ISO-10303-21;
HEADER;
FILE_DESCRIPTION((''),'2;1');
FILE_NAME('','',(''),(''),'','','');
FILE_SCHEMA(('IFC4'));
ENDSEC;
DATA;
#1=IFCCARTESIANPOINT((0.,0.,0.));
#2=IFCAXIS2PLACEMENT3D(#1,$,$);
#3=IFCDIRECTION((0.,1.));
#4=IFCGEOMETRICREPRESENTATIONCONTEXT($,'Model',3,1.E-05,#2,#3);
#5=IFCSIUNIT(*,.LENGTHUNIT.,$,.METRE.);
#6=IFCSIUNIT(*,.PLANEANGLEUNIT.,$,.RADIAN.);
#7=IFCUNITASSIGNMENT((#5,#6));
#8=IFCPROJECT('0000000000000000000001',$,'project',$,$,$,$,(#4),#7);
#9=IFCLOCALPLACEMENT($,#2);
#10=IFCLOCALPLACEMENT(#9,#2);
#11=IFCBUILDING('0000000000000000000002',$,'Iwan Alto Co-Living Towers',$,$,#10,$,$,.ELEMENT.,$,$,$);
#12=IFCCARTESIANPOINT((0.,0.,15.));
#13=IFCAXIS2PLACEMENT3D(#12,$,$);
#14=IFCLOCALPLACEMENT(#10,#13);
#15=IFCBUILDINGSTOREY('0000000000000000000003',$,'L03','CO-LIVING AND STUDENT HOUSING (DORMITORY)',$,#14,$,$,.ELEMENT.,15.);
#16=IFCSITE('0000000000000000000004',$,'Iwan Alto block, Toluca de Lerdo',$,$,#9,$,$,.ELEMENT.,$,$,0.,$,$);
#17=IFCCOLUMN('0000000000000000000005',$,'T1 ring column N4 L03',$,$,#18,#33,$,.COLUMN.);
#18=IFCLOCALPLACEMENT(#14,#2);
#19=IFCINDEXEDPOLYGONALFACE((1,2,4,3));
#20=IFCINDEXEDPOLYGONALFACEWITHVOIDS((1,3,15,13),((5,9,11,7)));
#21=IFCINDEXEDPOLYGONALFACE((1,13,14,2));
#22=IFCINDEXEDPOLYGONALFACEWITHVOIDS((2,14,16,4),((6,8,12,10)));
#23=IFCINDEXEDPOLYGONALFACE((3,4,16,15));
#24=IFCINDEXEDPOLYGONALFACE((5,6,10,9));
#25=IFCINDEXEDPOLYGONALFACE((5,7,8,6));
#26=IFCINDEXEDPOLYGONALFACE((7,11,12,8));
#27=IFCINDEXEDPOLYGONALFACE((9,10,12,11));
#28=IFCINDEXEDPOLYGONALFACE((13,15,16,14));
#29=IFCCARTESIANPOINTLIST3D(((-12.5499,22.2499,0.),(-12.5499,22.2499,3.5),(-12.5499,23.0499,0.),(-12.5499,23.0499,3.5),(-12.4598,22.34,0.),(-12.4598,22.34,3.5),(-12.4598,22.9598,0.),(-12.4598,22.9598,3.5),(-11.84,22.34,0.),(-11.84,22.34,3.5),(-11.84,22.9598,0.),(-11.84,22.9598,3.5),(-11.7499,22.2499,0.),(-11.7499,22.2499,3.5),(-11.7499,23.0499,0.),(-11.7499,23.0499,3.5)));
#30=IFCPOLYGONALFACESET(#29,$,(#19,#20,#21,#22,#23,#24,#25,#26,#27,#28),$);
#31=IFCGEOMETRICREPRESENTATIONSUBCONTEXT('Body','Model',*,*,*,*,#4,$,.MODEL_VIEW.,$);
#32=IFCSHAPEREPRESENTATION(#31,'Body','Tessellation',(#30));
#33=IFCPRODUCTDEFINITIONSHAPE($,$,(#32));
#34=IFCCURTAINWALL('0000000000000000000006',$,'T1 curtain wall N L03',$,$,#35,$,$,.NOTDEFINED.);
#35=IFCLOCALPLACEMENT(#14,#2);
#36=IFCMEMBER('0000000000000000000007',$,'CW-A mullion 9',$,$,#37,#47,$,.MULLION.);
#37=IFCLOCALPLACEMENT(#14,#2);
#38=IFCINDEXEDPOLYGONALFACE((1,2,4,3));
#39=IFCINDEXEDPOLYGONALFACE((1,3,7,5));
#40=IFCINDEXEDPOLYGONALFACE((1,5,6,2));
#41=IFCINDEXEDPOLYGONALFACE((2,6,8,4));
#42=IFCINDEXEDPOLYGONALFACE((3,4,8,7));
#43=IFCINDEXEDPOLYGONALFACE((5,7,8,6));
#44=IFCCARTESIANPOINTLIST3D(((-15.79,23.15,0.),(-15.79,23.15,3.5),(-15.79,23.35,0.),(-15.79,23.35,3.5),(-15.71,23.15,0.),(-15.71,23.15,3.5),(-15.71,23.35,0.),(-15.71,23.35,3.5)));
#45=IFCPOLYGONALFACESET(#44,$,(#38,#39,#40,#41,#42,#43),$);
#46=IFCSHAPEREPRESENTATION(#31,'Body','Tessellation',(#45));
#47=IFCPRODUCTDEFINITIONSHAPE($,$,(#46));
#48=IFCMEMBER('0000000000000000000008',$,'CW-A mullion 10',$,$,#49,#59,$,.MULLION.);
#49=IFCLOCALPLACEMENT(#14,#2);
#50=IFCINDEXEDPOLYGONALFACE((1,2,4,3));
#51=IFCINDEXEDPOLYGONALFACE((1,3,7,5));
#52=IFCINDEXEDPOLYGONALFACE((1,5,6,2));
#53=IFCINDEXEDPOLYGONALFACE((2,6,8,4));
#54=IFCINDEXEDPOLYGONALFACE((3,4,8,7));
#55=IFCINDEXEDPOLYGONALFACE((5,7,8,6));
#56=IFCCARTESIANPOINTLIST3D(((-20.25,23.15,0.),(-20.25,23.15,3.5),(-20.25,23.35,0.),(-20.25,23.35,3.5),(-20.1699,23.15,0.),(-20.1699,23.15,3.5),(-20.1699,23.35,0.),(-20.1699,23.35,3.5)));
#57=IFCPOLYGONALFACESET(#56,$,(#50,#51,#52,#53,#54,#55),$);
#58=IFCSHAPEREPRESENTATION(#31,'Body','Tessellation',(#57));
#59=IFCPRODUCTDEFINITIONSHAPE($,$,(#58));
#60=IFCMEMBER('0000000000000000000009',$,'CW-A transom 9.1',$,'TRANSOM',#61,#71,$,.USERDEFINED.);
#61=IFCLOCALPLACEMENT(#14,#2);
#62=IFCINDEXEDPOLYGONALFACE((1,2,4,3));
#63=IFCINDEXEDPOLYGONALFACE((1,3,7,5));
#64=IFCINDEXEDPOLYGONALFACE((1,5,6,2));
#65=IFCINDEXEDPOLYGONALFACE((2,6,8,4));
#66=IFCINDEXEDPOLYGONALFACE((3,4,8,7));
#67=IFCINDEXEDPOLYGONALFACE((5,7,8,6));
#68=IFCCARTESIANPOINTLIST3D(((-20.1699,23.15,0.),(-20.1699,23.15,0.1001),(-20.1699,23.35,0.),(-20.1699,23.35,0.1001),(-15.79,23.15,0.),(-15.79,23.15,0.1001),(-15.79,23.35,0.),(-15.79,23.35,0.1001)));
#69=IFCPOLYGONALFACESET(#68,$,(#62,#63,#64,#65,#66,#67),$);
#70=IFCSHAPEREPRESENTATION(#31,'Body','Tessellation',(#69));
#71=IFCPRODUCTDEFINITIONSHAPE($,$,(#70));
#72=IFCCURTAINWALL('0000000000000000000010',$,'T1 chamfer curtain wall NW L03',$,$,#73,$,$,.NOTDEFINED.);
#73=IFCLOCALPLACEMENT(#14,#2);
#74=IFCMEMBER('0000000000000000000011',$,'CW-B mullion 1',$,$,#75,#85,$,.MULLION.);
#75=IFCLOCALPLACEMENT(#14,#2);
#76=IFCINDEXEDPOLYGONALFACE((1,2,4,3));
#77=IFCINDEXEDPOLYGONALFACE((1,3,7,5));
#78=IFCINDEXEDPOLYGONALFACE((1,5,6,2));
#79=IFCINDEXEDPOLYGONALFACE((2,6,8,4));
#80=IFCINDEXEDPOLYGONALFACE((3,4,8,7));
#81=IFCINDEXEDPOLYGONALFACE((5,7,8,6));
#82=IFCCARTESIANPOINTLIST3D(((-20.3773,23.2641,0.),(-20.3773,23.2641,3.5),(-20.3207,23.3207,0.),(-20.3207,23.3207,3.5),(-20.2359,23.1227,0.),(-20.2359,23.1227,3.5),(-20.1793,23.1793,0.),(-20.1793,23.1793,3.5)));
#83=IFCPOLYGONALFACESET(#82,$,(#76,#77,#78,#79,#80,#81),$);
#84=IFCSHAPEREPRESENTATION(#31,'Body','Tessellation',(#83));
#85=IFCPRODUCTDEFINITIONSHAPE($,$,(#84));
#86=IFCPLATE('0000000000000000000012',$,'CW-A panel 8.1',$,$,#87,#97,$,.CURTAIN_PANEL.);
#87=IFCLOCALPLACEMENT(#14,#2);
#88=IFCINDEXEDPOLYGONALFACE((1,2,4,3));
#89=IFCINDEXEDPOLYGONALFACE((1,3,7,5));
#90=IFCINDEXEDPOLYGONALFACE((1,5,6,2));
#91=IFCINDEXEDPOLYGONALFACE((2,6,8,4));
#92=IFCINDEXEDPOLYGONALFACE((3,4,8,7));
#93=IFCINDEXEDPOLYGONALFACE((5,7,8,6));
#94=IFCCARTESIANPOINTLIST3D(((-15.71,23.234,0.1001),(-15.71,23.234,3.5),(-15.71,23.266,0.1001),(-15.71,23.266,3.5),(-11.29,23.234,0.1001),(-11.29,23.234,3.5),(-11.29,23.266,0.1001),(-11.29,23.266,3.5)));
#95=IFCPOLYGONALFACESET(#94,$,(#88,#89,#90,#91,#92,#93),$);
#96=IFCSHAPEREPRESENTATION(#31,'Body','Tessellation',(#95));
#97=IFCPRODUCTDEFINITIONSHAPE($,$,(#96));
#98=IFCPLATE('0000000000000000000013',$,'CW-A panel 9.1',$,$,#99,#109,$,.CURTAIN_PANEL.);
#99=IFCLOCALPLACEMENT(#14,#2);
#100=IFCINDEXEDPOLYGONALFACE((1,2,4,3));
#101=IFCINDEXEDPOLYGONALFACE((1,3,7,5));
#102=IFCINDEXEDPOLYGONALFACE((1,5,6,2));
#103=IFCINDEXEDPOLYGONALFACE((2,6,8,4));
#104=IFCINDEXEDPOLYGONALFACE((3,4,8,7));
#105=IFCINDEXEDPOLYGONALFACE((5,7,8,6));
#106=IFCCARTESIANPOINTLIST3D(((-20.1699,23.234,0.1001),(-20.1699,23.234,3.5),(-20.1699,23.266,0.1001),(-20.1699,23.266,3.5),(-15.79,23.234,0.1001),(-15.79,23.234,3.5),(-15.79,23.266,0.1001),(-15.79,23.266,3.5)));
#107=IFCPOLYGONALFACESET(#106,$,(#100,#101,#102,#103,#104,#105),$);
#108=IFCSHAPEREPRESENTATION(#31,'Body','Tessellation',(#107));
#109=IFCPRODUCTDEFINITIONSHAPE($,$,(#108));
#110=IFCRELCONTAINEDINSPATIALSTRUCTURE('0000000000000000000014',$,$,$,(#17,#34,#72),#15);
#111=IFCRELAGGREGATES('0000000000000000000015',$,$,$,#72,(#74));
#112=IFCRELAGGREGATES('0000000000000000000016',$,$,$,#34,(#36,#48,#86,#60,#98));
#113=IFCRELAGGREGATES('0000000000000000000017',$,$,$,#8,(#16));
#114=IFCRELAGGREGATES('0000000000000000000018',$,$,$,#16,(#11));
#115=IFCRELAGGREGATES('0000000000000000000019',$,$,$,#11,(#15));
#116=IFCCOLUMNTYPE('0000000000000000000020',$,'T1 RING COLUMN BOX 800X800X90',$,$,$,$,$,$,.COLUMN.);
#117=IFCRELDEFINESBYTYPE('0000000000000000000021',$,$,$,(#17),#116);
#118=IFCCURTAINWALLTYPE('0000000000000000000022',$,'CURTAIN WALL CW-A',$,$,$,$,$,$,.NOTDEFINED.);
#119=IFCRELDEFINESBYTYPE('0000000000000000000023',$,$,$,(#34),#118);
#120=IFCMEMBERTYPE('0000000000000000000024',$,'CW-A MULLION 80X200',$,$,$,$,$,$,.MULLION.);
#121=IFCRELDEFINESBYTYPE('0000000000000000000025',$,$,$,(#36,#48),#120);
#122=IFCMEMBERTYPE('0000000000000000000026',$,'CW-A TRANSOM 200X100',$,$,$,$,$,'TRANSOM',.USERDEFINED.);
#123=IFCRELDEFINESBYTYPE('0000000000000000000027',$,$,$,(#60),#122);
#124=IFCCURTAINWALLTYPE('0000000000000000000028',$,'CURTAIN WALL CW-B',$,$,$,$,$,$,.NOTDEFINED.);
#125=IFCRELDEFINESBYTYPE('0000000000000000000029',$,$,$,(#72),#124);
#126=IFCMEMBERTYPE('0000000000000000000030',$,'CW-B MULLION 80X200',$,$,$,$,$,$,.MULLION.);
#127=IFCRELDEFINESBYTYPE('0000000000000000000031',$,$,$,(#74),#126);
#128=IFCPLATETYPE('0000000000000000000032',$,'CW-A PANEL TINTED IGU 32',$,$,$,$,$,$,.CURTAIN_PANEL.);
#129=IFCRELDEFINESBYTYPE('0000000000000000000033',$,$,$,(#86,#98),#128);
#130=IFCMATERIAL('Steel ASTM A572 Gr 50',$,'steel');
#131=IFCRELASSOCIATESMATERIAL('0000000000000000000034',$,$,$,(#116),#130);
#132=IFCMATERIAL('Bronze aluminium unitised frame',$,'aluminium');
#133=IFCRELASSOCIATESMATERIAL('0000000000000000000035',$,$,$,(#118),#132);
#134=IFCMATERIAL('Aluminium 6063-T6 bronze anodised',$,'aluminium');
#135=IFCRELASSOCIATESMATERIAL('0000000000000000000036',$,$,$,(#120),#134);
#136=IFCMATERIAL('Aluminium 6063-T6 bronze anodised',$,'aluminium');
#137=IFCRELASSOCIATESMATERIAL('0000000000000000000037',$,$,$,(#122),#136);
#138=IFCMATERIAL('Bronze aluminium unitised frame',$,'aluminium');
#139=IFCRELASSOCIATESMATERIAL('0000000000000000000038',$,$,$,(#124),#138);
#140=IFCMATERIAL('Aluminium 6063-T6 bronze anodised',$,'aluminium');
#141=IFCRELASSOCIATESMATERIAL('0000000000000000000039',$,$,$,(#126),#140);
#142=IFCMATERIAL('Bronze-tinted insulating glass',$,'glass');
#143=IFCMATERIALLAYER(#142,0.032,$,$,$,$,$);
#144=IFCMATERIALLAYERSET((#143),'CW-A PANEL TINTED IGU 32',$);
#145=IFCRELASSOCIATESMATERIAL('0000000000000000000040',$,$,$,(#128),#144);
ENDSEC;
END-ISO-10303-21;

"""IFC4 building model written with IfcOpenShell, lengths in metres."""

from ifc_helpers import new_model, si_unit, direction, frame, origin, origin_2d, place, context, subcontext, project, spatial, rectangle, hollow_rectangle, extrude, material, layer, layer_set, material_profile, profile_set, type_object, element, aggregate, save


model = new_model("IFC4")

# Units and contexts
model_context = context("Model", 3, precision=1e-05, world=origin(), true_north=direction((0.0, 1.0)))
body_context = subcontext(model_context, "Body", "Model", "MODEL_VIEW")
ifc_project = project(units=[si_unit("LENGTHUNIT", "METRE"), si_unit("PLANEANGLEUNIT", "RADIAN")], contexts=[model_context])

# Site, building, storey
site_placement = place(None, origin())
site = spatial("IfcSite", under=ifc_project, at=site_placement, Name="Iwan Alto block, Toluca de Lerdo", CompositionType="ELEMENT", RefElevation=0.0)
building_placement = place(site_placement, origin())
building = spatial("IfcBuilding", under=site, at=building_placement, Name="Iwan Alto Co-Living Towers", CompositionType="ELEMENT")
storey_placement = place(building_placement, frame((0.0, 0.0, 15.0)))
storey = spatial("IfcBuildingStorey", under=building, at=storey_placement, Name="L03", Description="CO-LIVING AND STUDENT HOUSING (DORMITORY)", CompositionType="ELEMENT", Elevation=15.0)

# Column
ifc_material_1 = material(Name="Steel ASTM A572 Gr 50", Category="steel")
ifc_material_profile_1 = material_profile(ifc_material_1, hollow_rectangle(XDim=0.8, YDim=0.8, WallThickness=0.0901, at=origin_2d()), Name="BOX 800X800X90")
ifc_profile_set_1 = profile_set([ifc_material_profile_1], Name="Steel ASTM A572 Gr 50")
column_type = type_object("IfcColumnType", Name="T1 RING COLUMN BOX 800X800X90", PredefinedType="COLUMN", material=ifc_profile_set_1)
column_placement = place(storey_placement, frame((-12.1499, 22.6499, 0.0), z_axis=(0.0, 0.0, 1.0), x_axis=(1.0, 0.0, 0.0)))
element("IfcColumn", 1, at=column_placement, inside=storey, type_object=column_type, Name="T1 ring column N4 L03", PredefinedType="COLUMN", context=body_context, shape_type="SweptSolid", body=[
    extrude(hollow_rectangle(XDim=0.8, YDim=0.8, WallThickness=0.0901, at=origin_2d()), origin(), (0.0, 0.0, 1.0), 3.5),
])

# Curtain wall, members
ifc_material_2 = material(Name="Bronze aluminium unitised frame", Category="aluminium")
curtain_wall_type_1 = type_object("IfcCurtainWallType", Name="CURTAIN WALL CW-A", PredefinedType="NOTDEFINED", material=ifc_material_2)
curtain_wall_1_placement = place(storey_placement, origin())
curtain_wall_1 = element("IfcCurtainWall", 2, at=curtain_wall_1_placement, inside=storey, type_object=curtain_wall_type_1, Name="T1 curtain wall N L03", PredefinedType="NOTDEFINED")
ifc_material_3 = material(Name="Aluminium 6063-T6 bronze anodised", Category="aluminium")
ifc_material_profile_2 = material_profile(ifc_material_3, rectangle(XDim=0.2, YDim=0.0801, at=origin_2d()), Name="AL 80X200")
ifc_profile_set_2 = profile_set([ifc_material_profile_2], Name="Aluminium 6063-T6 bronze anodised")
member_type_1 = type_object("IfcMemberType", Name="CW-A MULLION 80X200", PredefinedType="MULLION", material=ifc_profile_set_2)
member_1_placement = place(storey_placement, frame((-15.75, 23.25, 0.0), z_axis=(0.0, 0.0, 1.0), x_axis=(0.0, -1.0, 0.0)))
member_1 = element("IfcMember", 3, at=member_1_placement, type_object=member_type_1, Name="CW-A mullion 9", PredefinedType="MULLION", context=body_context, shape_type="SweptSolid", body=[
    extrude(rectangle(XDim=0.2, YDim=0.0801, at=origin_2d()), origin(), (0.0, 0.0, 1.0), 3.5),
])
member_2_placement = place(storey_placement, frame((-20.21, 23.25, 0.0), z_axis=(0.0, 0.0, 1.0), x_axis=(0.0, -1.0, 0.0)))
member_2 = element("IfcMember", 4, at=member_2_placement, type_object=member_type_1, Name="CW-A mullion 10", PredefinedType="MULLION", context=body_context, shape_type="SweptSolid", body=[
    extrude(rectangle(XDim=0.2, YDim=0.0801, at=origin_2d()), origin(), (0.0, 0.0, 1.0), 3.5),
])
ifc_material_4 = material(Name="Aluminium 6063-T6 bronze anodised", Category="aluminium")
ifc_material_profile_3 = material_profile(ifc_material_4, rectangle(XDim=0.2, YDim=0.1001, at=origin_2d()), Name="AL 200X100")
ifc_profile_set_3 = profile_set([ifc_material_profile_3], Name="Aluminium 6063-T6 bronze anodised")
member_type_2 = type_object("IfcMemberType", Name="CW-A TRANSOM 200X100", ElementType="TRANSOM", PredefinedType="USERDEFINED", material=ifc_profile_set_3)
member_3_placement = place(storey_placement, frame((-15.79, 23.25, 0.05), z_axis=(-1.0, 0.0, 0.0), x_axis=(0.0, -1.0, 0.0)))
member_3 = element("IfcMember", 5, at=member_3_placement, type_object=member_type_2, Name="CW-A transom 9.1", ObjectType="TRANSOM", PredefinedType="USERDEFINED", context=body_context, shape_type="SweptSolid", body=[
    extrude(rectangle(XDim=0.2, YDim=0.1001, at=origin_2d()), origin(), (0.0, 0.0, 1.0), 4.3799),
])

# Curtain wall, member
ifc_material_5 = material(Name="Bronze aluminium unitised frame", Category="aluminium")
curtain_wall_type_2 = type_object("IfcCurtainWallType", Name="CURTAIN WALL CW-B", PredefinedType="NOTDEFINED", material=ifc_material_5)
curtain_wall_2_placement = place(storey_placement, origin())
curtain_wall_2 = element("IfcCurtainWall", 6, at=curtain_wall_2_placement, inside=storey, type_object=curtain_wall_type_2, Name="T1 chamfer curtain wall NW L03", PredefinedType="NOTDEFINED")
ifc_material_6 = material(Name="Aluminium 6063-T6 bronze anodised", Category="aluminium")
ifc_material_profile_4 = material_profile(ifc_material_6, rectangle(XDim=0.2, YDim=0.0801, at=origin_2d()), Name="AL 80X200")
ifc_profile_set_4 = profile_set([ifc_material_profile_4], Name="Aluminium 6063-T6 bronze anodised")
member_type_3 = type_object("IfcMemberType", Name="CW-B MULLION 80X200", PredefinedType="MULLION", material=ifc_profile_set_4)
member_4_placement = place(storey_placement, frame((-20.2783, 23.2217, 0.0), z_axis=(0.0, 0.0, 1.0), x_axis=(0.707107, -0.707107, 0.0)))
member_4 = element("IfcMember", 7, at=member_4_placement, type_object=member_type_3, Name="CW-B mullion 1", PredefinedType="MULLION", context=body_context, shape_type="SweptSolid", body=[
    extrude(rectangle(XDim=0.2, YDim=0.0801, at=origin_2d()), origin(), (0.0, 0.0, 1.0), 3.5),
])
aggregate(curtain_wall_2, [member_4])

# Plates
ifc_material_7 = material(Name="Bronze-tinted insulating glass", Category="glass")
ifc_layer_1 = layer(ifc_material_7, 0.032)
ifc_layer_set_1 = layer_set([ifc_layer_1], Name="CW-A PANEL TINTED IGU 32")
plate_type = type_object("IfcPlateType", Name="CW-A PANEL TINTED IGU 32", PredefinedType="CURTAIN_PANEL", material=ifc_layer_set_1)
plate_1_placement = place(storey_placement, frame((-13.5, 23.25, 0.1001), z_axis=(0.0, 0.0, 1.0), x_axis=(-1.0, 0.0, 0.0)))
plate_1 = element("IfcPlate", 8, at=plate_1_placement, type_object=plate_type, Name="CW-A panel 8.1", PredefinedType="CURTAIN_PANEL", context=body_context, shape_type="SweptSolid", body=[
    extrude(rectangle(XDim=4.4199, YDim=0.032, at=origin_2d()), origin(), (0.0, 0.0, 1.0), 3.3999),
])
plate_2_placement = place(storey_placement, frame((-17.98, 23.25, 0.1001), z_axis=(0.0, 0.0, 1.0), x_axis=(-1.0, 0.0, 0.0)))
plate_2 = element("IfcPlate", 9, at=plate_2_placement, type_object=plate_type, Name="CW-A panel 9.1", PredefinedType="CURTAIN_PANEL", context=body_context, shape_type="SweptSolid", body=[
    extrude(rectangle(XDim=4.3799, YDim=0.032, at=origin_2d()), origin(), (0.0, 0.0, 1.0), 3.3999),
])
aggregate(curtain_wall_1, [member_1, member_2, plate_1, member_3, plate_2])

save(model, "model.ifc")
